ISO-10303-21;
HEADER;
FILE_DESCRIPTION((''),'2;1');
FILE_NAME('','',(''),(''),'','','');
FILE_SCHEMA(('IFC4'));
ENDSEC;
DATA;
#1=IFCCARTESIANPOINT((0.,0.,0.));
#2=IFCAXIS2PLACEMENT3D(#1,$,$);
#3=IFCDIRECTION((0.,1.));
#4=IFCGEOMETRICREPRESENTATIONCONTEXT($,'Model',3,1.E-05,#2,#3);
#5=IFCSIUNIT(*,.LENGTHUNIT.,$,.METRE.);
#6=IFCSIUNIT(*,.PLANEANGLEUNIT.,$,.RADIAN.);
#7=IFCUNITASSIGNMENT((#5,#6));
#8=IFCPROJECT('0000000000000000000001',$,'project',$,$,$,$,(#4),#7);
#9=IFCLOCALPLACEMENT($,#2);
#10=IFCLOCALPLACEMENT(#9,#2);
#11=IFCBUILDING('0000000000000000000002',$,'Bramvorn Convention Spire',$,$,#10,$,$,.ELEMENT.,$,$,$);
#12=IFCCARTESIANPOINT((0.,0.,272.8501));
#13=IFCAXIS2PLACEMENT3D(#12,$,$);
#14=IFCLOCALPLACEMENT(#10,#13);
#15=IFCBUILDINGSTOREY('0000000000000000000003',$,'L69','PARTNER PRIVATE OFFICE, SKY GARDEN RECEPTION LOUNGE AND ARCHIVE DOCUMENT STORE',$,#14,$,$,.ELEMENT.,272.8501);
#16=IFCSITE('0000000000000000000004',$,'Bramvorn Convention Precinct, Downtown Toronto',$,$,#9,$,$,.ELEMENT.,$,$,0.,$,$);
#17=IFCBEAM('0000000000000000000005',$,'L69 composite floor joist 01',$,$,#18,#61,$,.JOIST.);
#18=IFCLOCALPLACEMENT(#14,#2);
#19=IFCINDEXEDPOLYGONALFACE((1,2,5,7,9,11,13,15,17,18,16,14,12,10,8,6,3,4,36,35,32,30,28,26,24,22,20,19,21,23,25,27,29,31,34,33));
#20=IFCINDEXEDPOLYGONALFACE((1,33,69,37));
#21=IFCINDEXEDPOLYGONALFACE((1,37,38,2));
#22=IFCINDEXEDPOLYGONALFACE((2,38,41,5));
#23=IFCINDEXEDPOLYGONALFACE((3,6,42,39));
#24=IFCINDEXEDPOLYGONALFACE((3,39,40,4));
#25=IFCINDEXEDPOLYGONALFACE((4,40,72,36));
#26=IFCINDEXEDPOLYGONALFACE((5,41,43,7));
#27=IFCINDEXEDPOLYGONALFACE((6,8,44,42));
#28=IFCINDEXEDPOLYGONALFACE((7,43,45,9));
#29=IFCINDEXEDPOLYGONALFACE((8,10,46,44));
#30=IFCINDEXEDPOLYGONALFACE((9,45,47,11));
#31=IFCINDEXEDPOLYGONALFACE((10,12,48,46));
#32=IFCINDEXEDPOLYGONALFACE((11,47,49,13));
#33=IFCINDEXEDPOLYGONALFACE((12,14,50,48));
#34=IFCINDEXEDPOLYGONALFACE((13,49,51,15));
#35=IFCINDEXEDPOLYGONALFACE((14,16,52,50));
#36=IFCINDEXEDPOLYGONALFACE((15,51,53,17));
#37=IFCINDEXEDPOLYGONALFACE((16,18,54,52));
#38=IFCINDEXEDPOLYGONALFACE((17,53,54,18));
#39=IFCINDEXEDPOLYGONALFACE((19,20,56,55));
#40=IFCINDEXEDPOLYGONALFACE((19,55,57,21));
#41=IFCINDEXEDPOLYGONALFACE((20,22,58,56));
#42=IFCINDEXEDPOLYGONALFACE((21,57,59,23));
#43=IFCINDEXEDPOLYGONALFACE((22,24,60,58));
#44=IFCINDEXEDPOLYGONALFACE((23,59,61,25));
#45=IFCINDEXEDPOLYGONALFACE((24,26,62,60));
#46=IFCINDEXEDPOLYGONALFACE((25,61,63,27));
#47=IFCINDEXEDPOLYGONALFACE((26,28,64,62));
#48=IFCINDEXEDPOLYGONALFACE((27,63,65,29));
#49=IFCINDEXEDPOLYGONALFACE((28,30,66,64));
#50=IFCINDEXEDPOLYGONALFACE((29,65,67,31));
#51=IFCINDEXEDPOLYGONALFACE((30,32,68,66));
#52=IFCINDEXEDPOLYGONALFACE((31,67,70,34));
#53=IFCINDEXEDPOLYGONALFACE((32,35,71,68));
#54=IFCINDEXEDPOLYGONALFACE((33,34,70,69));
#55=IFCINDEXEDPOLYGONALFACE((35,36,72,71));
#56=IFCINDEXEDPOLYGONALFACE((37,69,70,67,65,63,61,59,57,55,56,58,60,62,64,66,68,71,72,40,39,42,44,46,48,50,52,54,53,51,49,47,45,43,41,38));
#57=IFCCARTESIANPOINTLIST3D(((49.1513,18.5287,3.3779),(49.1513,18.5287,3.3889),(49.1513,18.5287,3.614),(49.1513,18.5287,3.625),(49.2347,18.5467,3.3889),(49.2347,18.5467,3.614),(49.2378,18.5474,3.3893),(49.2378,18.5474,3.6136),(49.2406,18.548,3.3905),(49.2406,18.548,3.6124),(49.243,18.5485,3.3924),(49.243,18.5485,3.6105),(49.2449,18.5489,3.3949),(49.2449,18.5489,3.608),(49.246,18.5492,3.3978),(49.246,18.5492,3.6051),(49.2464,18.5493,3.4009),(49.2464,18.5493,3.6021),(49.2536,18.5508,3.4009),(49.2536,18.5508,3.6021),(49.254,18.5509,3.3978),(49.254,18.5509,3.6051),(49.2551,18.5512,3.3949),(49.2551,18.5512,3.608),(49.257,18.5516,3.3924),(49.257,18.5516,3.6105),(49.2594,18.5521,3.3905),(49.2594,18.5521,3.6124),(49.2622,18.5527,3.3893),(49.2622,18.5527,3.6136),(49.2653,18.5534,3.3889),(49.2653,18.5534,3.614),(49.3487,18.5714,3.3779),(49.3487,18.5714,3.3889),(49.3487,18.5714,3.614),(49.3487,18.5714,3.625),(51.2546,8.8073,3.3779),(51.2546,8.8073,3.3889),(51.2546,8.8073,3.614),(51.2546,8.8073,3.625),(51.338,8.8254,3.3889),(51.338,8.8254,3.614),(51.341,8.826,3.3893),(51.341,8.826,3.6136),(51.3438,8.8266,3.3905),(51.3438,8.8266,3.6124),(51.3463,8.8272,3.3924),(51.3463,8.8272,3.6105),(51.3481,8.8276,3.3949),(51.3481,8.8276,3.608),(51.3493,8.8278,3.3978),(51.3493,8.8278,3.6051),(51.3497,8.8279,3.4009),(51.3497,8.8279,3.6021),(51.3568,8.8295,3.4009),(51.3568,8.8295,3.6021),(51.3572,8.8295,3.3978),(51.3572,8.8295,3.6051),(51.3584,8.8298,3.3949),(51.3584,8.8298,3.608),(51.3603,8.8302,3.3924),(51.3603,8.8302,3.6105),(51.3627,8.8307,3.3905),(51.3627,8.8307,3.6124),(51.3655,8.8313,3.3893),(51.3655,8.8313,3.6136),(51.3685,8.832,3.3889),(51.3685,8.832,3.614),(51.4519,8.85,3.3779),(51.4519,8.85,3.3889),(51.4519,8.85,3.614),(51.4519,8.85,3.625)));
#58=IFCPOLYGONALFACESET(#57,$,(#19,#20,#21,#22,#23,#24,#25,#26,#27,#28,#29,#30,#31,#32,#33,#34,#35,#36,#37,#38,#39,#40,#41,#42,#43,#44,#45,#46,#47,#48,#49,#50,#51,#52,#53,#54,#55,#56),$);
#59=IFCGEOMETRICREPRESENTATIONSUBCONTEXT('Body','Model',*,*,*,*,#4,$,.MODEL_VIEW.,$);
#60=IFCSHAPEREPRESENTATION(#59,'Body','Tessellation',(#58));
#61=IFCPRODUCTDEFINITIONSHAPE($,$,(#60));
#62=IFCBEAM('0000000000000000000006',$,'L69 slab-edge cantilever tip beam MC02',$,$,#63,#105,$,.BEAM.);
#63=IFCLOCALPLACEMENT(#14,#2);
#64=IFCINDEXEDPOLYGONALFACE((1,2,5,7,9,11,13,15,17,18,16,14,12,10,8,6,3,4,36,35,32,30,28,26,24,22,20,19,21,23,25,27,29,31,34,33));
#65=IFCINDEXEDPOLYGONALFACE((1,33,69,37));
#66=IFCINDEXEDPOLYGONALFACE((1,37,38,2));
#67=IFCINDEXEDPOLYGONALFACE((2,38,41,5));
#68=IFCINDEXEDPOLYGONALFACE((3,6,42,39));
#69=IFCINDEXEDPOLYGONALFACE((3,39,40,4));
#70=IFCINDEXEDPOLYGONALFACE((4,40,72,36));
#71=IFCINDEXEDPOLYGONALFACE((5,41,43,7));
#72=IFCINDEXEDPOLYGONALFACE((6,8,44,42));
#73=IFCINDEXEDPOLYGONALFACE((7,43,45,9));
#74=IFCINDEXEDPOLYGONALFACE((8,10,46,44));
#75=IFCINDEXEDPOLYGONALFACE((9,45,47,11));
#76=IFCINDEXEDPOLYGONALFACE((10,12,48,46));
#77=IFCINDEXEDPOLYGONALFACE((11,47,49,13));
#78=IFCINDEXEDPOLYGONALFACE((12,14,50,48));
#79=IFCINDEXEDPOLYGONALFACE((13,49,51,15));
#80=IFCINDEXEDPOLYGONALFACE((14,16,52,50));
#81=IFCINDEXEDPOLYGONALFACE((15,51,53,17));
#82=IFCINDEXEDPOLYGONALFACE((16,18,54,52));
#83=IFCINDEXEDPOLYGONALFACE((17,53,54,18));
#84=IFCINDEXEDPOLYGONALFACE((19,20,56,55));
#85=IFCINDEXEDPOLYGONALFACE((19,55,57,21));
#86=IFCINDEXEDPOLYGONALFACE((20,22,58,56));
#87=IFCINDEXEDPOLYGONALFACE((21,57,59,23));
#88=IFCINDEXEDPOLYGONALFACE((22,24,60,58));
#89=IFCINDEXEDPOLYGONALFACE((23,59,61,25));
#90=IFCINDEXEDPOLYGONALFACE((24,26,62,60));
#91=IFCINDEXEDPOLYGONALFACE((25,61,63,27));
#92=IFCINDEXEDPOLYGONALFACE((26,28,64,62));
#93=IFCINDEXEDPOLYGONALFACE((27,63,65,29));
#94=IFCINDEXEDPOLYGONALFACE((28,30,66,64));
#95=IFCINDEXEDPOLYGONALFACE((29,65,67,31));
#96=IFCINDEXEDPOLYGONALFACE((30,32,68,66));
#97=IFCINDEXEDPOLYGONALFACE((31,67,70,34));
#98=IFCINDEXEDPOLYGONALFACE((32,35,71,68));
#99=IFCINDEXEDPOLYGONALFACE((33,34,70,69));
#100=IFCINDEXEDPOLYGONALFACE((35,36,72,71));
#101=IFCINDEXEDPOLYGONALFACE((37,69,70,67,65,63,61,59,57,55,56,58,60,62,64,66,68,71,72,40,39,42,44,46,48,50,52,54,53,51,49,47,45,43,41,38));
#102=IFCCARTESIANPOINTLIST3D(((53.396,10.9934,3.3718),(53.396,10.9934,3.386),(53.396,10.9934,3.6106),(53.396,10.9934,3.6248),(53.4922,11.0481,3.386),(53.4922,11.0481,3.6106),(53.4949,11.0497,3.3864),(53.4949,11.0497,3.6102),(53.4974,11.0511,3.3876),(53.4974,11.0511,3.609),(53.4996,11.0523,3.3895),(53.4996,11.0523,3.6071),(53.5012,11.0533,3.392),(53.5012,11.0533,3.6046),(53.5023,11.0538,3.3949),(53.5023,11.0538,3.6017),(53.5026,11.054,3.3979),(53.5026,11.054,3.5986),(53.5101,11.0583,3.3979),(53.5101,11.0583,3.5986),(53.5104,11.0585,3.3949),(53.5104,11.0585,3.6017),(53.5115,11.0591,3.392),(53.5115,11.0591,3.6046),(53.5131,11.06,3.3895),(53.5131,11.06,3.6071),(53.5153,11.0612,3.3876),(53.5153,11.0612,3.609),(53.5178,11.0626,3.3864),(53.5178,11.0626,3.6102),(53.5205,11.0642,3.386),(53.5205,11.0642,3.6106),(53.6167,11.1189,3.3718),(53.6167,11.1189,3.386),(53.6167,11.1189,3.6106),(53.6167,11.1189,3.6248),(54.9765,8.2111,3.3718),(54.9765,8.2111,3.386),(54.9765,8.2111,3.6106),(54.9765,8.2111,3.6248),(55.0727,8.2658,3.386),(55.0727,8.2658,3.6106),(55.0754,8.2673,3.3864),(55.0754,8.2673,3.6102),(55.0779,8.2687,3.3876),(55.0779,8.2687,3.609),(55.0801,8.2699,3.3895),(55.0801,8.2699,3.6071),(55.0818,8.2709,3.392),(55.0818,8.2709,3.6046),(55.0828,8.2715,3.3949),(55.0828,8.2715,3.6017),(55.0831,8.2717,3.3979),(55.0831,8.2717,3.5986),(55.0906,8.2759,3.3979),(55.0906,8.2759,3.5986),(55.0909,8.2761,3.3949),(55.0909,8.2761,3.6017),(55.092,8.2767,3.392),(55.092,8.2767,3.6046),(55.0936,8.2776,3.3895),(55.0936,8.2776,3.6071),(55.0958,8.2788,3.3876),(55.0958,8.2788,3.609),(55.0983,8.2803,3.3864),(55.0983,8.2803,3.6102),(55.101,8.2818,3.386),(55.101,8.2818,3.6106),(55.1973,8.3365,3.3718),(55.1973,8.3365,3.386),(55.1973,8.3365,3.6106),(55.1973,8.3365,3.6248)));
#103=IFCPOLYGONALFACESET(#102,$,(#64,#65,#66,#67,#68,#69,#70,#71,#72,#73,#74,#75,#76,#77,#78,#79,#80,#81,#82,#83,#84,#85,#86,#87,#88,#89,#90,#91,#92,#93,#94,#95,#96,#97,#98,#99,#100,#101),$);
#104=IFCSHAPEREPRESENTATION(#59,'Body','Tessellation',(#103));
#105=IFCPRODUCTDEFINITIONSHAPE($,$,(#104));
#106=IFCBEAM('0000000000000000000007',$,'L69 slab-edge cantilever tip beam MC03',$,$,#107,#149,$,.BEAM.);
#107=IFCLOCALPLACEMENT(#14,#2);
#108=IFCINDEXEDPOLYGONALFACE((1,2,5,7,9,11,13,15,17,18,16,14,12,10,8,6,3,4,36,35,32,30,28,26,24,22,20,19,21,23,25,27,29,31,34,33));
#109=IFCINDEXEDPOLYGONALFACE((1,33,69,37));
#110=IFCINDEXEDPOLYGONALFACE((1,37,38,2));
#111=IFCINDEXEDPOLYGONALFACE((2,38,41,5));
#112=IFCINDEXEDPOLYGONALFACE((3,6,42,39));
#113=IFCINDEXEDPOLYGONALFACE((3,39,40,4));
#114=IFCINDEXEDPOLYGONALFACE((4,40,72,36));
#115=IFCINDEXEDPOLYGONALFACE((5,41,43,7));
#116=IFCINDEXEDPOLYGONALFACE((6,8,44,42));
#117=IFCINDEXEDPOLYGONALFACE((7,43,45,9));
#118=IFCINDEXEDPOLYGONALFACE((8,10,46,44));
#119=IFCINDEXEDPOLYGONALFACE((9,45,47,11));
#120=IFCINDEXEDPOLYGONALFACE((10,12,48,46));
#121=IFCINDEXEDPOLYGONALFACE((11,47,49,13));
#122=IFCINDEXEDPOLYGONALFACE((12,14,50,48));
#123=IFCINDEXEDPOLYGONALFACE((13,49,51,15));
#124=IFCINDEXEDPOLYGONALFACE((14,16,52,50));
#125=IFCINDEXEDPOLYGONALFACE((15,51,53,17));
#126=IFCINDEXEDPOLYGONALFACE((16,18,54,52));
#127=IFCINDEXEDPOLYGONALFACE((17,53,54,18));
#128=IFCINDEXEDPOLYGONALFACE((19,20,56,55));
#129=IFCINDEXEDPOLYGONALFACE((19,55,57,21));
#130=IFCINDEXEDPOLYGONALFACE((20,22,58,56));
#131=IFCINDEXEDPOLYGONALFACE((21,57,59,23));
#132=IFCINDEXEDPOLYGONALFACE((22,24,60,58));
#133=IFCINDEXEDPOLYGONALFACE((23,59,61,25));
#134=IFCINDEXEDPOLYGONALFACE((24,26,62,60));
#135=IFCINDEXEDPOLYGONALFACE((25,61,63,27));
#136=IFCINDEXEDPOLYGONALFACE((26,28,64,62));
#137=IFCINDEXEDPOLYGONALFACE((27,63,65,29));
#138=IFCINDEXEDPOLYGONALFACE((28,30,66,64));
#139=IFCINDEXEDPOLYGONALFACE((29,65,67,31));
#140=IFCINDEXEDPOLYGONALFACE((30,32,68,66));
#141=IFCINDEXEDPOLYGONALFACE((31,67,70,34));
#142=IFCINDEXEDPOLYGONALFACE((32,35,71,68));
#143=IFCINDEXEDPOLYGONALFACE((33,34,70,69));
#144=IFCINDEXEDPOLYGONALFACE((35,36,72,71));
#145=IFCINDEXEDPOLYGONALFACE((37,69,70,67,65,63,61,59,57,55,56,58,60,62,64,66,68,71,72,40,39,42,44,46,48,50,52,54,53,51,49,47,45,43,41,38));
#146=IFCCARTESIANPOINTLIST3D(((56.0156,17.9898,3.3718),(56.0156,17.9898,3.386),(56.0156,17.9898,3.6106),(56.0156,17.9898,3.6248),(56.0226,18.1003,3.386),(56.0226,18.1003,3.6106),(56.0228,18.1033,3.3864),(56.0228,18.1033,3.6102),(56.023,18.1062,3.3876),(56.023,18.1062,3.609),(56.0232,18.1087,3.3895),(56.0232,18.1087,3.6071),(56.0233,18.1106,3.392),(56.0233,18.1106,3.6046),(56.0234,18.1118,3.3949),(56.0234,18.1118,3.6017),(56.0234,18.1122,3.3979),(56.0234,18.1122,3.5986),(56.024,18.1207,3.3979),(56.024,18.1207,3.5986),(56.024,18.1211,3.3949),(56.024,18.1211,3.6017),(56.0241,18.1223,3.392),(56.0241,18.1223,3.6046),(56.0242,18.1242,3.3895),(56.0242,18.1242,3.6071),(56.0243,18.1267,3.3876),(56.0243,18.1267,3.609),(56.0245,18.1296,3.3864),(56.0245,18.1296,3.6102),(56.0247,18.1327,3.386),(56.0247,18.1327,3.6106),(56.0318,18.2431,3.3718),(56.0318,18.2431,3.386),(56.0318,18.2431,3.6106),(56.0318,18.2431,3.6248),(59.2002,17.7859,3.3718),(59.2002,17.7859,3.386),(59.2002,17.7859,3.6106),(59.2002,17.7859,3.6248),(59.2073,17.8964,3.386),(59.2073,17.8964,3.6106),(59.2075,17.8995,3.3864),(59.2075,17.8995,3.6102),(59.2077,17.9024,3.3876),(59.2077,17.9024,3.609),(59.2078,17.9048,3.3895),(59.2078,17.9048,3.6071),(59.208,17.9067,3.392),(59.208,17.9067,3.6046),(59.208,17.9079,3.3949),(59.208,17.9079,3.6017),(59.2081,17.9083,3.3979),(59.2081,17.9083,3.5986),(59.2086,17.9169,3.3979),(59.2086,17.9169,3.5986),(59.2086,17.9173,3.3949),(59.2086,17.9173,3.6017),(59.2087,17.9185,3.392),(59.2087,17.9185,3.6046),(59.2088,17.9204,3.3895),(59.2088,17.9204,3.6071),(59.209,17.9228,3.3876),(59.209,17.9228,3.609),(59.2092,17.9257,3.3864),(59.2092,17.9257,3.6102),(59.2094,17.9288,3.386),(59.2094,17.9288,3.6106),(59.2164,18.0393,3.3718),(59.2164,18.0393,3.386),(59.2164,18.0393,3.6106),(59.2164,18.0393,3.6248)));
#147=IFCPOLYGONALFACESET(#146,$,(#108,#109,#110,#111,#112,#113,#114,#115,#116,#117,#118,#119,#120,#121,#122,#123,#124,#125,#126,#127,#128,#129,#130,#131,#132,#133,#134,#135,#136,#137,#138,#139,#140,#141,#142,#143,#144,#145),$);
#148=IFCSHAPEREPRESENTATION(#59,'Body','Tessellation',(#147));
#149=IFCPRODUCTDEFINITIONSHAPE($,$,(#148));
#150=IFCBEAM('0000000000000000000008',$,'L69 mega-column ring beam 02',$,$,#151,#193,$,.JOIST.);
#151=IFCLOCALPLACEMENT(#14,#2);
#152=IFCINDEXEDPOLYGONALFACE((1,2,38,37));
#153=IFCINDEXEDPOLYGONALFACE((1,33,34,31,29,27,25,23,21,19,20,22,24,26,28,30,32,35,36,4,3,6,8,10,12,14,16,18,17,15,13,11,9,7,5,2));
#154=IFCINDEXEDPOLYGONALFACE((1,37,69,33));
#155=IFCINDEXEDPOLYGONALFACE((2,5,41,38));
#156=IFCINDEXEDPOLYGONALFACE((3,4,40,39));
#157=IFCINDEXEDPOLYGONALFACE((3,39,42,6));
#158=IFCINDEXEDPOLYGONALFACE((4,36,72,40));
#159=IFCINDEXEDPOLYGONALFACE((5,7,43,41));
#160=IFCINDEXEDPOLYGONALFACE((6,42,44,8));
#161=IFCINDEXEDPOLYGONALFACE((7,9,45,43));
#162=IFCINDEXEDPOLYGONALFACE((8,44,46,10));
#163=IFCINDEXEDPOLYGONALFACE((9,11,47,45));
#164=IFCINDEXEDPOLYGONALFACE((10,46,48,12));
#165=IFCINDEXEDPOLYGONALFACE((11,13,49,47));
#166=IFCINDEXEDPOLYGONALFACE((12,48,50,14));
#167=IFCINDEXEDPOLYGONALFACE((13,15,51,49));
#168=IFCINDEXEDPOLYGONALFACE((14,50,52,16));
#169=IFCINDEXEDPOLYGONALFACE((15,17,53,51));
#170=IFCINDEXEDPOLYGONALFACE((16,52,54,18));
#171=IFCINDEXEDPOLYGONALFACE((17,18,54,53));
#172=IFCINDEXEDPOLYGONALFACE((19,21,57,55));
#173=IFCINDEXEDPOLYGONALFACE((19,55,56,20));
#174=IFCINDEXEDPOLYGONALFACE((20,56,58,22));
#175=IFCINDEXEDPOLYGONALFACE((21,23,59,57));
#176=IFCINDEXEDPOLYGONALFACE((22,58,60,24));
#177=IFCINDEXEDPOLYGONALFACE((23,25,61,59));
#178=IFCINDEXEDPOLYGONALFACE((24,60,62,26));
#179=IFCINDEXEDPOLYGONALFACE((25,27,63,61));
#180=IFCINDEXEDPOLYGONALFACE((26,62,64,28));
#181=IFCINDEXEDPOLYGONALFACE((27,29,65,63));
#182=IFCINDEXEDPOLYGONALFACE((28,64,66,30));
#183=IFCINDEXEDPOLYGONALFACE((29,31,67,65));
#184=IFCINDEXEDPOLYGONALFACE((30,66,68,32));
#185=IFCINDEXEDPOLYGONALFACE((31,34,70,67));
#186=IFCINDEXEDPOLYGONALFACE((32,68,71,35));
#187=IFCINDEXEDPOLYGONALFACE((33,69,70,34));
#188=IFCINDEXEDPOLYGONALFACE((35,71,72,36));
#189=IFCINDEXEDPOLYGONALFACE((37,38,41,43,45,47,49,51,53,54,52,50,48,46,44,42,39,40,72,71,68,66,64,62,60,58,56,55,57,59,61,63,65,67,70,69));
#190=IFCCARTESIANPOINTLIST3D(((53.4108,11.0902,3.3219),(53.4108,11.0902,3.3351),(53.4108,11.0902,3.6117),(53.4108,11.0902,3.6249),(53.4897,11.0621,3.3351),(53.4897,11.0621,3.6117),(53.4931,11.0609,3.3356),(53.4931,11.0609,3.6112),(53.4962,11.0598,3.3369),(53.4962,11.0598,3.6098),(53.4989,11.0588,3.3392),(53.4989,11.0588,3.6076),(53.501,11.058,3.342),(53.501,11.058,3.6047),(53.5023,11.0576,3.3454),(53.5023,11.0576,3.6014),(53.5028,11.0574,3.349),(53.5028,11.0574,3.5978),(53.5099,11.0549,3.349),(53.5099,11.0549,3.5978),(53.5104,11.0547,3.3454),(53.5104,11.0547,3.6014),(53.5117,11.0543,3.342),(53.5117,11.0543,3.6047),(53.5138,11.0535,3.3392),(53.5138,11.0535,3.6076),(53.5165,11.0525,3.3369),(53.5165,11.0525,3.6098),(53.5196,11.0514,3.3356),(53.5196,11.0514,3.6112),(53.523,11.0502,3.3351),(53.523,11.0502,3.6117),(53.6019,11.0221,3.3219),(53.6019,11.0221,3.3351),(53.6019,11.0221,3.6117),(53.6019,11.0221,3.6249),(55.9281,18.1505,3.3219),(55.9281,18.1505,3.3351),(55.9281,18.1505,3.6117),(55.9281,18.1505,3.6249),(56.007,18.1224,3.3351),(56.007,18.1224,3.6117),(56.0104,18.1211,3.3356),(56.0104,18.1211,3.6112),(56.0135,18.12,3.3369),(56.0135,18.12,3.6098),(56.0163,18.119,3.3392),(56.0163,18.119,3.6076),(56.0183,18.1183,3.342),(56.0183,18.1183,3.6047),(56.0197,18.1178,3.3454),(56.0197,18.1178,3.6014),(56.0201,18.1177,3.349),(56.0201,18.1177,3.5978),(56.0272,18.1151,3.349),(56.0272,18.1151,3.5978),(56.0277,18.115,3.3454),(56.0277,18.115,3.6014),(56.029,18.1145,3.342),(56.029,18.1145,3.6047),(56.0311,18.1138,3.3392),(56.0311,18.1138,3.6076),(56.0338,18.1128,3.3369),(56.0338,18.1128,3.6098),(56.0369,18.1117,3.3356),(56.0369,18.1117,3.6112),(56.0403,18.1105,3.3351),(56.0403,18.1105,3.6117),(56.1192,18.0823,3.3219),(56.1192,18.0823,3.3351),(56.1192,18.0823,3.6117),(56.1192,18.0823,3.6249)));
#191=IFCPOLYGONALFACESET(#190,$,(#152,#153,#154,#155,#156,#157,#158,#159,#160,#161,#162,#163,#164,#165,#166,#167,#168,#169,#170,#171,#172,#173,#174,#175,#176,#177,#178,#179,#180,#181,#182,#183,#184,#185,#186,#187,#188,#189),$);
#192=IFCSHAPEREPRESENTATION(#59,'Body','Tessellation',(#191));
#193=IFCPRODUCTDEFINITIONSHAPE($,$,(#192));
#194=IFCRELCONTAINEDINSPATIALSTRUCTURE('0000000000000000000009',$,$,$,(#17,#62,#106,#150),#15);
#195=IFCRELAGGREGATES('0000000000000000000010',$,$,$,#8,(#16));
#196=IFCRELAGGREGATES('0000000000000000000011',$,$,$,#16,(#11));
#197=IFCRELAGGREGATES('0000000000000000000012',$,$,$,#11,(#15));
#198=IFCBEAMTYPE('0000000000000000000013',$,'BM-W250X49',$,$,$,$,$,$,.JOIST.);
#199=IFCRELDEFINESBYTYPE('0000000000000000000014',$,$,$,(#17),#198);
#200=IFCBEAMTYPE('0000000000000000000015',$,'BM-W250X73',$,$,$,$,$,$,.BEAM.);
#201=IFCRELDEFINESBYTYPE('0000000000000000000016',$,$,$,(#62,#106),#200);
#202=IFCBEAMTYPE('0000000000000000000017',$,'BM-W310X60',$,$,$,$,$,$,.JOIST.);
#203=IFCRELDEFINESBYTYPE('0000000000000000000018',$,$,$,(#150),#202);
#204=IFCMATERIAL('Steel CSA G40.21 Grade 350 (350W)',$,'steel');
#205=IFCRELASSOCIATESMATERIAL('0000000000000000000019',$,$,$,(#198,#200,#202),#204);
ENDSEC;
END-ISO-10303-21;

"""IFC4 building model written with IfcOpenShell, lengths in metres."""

from ifc_helpers import new_model, si_unit, direction, frame, origin, origin_2d, place, context, subcontext, project, spatial, i_section, extrude, material, material_profile, profile_set, type_object, element, save


model = new_model("IFC4")

# Units and contexts
model_context = context("Model", 3, precision=1e-05, world=origin(), true_north=direction((0.0, 1.0)))
body_context = subcontext(model_context, "Body", "Model", "MODEL_VIEW")
ifc_project = project(units=[si_unit("LENGTHUNIT", "METRE"), si_unit("PLANEANGLEUNIT", "RADIAN")], contexts=[model_context])

# Site, building, storey
site_placement = place(None, origin())
site = spatial("IfcSite", under=ifc_project, at=site_placement, Name="Bramvorn Convention Precinct, Downtown Toronto", CompositionType="ELEMENT", RefElevation=0.0)
building_placement = place(site_placement, origin())
building = spatial("IfcBuilding", under=site, at=building_placement, Name="Bramvorn Convention Spire", CompositionType="ELEMENT")
storey_placement = place(building_placement, frame((0.0, 0.0, 272.8501)))
storey = spatial("IfcBuildingStorey", under=building, at=storey_placement, Name="L69", Description="PARTNER PRIVATE OFFICE, SKY GARDEN RECEPTION LOUNGE AND ARCHIVE DOCUMENT STORE", CompositionType="ELEMENT", Elevation=272.8501)

# Shared definitions
ifc_material_1 = material(Name="Steel CSA G40.21 Grade 350 (350W)", Category="steel")

# Beams
ifc_material_profile_1 = material_profile(ifc_material_1, i_section(OverallWidth=0.2019, OverallDepth=0.2471, WebThickness=0.0073, FlangeThickness=0.011, FilletRadius=0.012, at=origin_2d()))
ifc_profile_set_1 = profile_set([ifc_material_profile_1], Name="Steel CSA G40.21 Grade 350 (350W) - W250X49")
beam_type_1 = type_object("IfcBeamType", Name="BM-W250X49", PredefinedType="JOIST", material=ifc_profile_set_1)
beam_1_placement = place(storey_placement, frame((49.25, 18.55, 3.5015), z_axis=(0.211461, -0.977386, 0.0), x_axis=(0.977386, 0.211461, 0.0)))
element("IfcBeam", 1, at=beam_1_placement, inside=storey, type_object=beam_type_1, Name="L69 composite floor joist 01", PredefinedType="JOIST", context=body_context, shape_type="SweptSolid", body=[
    extrude(i_section(OverallWidth=0.2019, OverallDepth=0.2471, WebThickness=0.0073, FlangeThickness=0.011, FilletRadius=0.012, at=origin_2d()), origin(), (0.0, 0.0, 1.0), 9.9463),
])
ifc_material_profile_2 = material_profile(ifc_material_1, i_section(OverallWidth=0.2539, OverallDepth=0.2529, WebThickness=0.0085, FlangeThickness=0.0142, FilletRadius=0.012, at=origin_2d()))
ifc_profile_set_2 = profile_set([ifc_material_profile_2], Name="Steel CSA G40.21 Grade 350 (350W) - W250X73")
beam_type_2 = type_object("IfcBeamType", Name="BM-W250X73", PredefinedType="BEAM", material=ifc_profile_set_2)
beam_2_placement = place(storey_placement, frame((53.5063, 11.0562, 3.4983), z_axis=(0.493919, -0.869508, 0.0), x_axis=(0.869508, 0.493919, 0.0)))
element("IfcBeam", 2, at=beam_2_placement, inside=storey, type_object=beam_type_2, Name="L69 slab-edge cantilever tip beam MC02", PredefinedType="BEAM", context=body_context, shape_type="SweptSolid", body=[
    extrude(i_section(OverallWidth=0.2539, OverallDepth=0.2529, WebThickness=0.0085, FlangeThickness=0.0142, FilletRadius=0.012, at=origin_2d()), origin(), (0.0, 0.0, 1.0), 3.2),
])
beam_3_placement = place(storey_placement, frame((56.0237, 18.1165, 3.4983), z_axis=(0.997957, -0.063883, 0.0), x_axis=(0.063883, 0.997957, 0.0)))
element("IfcBeam", 3, at=beam_3_placement, inside=storey, type_object=beam_type_2, Name="L69 slab-edge cantilever tip beam MC03", PredefinedType="BEAM", context=body_context, shape_type="SweptSolid", body=[
    extrude(i_section(OverallWidth=0.2539, OverallDepth=0.2529, WebThickness=0.0085, FlangeThickness=0.0142, FilletRadius=0.012, at=origin_2d()), origin(), (0.0, 0.0, 1.0), 3.1912),
])
ifc_material_profile_3 = material_profile(ifc_material_1, i_section(OverallWidth=0.2029, OverallDepth=0.303, WebThickness=0.0076, FlangeThickness=0.0132, FilletRadius=0.0139, at=origin_2d()))
ifc_profile_set_3 = profile_set([ifc_material_profile_3], Name="Steel CSA G40.21 Grade 350 (350W) - W310X60")
beam_type_3 = type_object("IfcBeamType", Name="BM-W310X60", PredefinedType="JOIST", material=ifc_profile_set_3)
beam_4_placement = place(storey_placement, frame((53.5063, 11.0562, 3.4734), z_axis=(0.335839, 0.941919, 0.0), x_axis=(-0.941919, 0.335839, 0.0)))
element("IfcBeam", 4, at=beam_4_placement, inside=storey, type_object=beam_type_3, Name="L69 mega-column ring beam 02", PredefinedType="JOIST", context=body_context, shape_type="SweptSolid", body=[
    extrude(i_section(OverallWidth=0.2029, OverallDepth=0.303, WebThickness=0.0076, FlangeThickness=0.0132, FilletRadius=0.0139, at=origin_2d()), origin(), (0.0, 0.0, 1.0), 7.4956),
])

save(model, "model.ifc")
